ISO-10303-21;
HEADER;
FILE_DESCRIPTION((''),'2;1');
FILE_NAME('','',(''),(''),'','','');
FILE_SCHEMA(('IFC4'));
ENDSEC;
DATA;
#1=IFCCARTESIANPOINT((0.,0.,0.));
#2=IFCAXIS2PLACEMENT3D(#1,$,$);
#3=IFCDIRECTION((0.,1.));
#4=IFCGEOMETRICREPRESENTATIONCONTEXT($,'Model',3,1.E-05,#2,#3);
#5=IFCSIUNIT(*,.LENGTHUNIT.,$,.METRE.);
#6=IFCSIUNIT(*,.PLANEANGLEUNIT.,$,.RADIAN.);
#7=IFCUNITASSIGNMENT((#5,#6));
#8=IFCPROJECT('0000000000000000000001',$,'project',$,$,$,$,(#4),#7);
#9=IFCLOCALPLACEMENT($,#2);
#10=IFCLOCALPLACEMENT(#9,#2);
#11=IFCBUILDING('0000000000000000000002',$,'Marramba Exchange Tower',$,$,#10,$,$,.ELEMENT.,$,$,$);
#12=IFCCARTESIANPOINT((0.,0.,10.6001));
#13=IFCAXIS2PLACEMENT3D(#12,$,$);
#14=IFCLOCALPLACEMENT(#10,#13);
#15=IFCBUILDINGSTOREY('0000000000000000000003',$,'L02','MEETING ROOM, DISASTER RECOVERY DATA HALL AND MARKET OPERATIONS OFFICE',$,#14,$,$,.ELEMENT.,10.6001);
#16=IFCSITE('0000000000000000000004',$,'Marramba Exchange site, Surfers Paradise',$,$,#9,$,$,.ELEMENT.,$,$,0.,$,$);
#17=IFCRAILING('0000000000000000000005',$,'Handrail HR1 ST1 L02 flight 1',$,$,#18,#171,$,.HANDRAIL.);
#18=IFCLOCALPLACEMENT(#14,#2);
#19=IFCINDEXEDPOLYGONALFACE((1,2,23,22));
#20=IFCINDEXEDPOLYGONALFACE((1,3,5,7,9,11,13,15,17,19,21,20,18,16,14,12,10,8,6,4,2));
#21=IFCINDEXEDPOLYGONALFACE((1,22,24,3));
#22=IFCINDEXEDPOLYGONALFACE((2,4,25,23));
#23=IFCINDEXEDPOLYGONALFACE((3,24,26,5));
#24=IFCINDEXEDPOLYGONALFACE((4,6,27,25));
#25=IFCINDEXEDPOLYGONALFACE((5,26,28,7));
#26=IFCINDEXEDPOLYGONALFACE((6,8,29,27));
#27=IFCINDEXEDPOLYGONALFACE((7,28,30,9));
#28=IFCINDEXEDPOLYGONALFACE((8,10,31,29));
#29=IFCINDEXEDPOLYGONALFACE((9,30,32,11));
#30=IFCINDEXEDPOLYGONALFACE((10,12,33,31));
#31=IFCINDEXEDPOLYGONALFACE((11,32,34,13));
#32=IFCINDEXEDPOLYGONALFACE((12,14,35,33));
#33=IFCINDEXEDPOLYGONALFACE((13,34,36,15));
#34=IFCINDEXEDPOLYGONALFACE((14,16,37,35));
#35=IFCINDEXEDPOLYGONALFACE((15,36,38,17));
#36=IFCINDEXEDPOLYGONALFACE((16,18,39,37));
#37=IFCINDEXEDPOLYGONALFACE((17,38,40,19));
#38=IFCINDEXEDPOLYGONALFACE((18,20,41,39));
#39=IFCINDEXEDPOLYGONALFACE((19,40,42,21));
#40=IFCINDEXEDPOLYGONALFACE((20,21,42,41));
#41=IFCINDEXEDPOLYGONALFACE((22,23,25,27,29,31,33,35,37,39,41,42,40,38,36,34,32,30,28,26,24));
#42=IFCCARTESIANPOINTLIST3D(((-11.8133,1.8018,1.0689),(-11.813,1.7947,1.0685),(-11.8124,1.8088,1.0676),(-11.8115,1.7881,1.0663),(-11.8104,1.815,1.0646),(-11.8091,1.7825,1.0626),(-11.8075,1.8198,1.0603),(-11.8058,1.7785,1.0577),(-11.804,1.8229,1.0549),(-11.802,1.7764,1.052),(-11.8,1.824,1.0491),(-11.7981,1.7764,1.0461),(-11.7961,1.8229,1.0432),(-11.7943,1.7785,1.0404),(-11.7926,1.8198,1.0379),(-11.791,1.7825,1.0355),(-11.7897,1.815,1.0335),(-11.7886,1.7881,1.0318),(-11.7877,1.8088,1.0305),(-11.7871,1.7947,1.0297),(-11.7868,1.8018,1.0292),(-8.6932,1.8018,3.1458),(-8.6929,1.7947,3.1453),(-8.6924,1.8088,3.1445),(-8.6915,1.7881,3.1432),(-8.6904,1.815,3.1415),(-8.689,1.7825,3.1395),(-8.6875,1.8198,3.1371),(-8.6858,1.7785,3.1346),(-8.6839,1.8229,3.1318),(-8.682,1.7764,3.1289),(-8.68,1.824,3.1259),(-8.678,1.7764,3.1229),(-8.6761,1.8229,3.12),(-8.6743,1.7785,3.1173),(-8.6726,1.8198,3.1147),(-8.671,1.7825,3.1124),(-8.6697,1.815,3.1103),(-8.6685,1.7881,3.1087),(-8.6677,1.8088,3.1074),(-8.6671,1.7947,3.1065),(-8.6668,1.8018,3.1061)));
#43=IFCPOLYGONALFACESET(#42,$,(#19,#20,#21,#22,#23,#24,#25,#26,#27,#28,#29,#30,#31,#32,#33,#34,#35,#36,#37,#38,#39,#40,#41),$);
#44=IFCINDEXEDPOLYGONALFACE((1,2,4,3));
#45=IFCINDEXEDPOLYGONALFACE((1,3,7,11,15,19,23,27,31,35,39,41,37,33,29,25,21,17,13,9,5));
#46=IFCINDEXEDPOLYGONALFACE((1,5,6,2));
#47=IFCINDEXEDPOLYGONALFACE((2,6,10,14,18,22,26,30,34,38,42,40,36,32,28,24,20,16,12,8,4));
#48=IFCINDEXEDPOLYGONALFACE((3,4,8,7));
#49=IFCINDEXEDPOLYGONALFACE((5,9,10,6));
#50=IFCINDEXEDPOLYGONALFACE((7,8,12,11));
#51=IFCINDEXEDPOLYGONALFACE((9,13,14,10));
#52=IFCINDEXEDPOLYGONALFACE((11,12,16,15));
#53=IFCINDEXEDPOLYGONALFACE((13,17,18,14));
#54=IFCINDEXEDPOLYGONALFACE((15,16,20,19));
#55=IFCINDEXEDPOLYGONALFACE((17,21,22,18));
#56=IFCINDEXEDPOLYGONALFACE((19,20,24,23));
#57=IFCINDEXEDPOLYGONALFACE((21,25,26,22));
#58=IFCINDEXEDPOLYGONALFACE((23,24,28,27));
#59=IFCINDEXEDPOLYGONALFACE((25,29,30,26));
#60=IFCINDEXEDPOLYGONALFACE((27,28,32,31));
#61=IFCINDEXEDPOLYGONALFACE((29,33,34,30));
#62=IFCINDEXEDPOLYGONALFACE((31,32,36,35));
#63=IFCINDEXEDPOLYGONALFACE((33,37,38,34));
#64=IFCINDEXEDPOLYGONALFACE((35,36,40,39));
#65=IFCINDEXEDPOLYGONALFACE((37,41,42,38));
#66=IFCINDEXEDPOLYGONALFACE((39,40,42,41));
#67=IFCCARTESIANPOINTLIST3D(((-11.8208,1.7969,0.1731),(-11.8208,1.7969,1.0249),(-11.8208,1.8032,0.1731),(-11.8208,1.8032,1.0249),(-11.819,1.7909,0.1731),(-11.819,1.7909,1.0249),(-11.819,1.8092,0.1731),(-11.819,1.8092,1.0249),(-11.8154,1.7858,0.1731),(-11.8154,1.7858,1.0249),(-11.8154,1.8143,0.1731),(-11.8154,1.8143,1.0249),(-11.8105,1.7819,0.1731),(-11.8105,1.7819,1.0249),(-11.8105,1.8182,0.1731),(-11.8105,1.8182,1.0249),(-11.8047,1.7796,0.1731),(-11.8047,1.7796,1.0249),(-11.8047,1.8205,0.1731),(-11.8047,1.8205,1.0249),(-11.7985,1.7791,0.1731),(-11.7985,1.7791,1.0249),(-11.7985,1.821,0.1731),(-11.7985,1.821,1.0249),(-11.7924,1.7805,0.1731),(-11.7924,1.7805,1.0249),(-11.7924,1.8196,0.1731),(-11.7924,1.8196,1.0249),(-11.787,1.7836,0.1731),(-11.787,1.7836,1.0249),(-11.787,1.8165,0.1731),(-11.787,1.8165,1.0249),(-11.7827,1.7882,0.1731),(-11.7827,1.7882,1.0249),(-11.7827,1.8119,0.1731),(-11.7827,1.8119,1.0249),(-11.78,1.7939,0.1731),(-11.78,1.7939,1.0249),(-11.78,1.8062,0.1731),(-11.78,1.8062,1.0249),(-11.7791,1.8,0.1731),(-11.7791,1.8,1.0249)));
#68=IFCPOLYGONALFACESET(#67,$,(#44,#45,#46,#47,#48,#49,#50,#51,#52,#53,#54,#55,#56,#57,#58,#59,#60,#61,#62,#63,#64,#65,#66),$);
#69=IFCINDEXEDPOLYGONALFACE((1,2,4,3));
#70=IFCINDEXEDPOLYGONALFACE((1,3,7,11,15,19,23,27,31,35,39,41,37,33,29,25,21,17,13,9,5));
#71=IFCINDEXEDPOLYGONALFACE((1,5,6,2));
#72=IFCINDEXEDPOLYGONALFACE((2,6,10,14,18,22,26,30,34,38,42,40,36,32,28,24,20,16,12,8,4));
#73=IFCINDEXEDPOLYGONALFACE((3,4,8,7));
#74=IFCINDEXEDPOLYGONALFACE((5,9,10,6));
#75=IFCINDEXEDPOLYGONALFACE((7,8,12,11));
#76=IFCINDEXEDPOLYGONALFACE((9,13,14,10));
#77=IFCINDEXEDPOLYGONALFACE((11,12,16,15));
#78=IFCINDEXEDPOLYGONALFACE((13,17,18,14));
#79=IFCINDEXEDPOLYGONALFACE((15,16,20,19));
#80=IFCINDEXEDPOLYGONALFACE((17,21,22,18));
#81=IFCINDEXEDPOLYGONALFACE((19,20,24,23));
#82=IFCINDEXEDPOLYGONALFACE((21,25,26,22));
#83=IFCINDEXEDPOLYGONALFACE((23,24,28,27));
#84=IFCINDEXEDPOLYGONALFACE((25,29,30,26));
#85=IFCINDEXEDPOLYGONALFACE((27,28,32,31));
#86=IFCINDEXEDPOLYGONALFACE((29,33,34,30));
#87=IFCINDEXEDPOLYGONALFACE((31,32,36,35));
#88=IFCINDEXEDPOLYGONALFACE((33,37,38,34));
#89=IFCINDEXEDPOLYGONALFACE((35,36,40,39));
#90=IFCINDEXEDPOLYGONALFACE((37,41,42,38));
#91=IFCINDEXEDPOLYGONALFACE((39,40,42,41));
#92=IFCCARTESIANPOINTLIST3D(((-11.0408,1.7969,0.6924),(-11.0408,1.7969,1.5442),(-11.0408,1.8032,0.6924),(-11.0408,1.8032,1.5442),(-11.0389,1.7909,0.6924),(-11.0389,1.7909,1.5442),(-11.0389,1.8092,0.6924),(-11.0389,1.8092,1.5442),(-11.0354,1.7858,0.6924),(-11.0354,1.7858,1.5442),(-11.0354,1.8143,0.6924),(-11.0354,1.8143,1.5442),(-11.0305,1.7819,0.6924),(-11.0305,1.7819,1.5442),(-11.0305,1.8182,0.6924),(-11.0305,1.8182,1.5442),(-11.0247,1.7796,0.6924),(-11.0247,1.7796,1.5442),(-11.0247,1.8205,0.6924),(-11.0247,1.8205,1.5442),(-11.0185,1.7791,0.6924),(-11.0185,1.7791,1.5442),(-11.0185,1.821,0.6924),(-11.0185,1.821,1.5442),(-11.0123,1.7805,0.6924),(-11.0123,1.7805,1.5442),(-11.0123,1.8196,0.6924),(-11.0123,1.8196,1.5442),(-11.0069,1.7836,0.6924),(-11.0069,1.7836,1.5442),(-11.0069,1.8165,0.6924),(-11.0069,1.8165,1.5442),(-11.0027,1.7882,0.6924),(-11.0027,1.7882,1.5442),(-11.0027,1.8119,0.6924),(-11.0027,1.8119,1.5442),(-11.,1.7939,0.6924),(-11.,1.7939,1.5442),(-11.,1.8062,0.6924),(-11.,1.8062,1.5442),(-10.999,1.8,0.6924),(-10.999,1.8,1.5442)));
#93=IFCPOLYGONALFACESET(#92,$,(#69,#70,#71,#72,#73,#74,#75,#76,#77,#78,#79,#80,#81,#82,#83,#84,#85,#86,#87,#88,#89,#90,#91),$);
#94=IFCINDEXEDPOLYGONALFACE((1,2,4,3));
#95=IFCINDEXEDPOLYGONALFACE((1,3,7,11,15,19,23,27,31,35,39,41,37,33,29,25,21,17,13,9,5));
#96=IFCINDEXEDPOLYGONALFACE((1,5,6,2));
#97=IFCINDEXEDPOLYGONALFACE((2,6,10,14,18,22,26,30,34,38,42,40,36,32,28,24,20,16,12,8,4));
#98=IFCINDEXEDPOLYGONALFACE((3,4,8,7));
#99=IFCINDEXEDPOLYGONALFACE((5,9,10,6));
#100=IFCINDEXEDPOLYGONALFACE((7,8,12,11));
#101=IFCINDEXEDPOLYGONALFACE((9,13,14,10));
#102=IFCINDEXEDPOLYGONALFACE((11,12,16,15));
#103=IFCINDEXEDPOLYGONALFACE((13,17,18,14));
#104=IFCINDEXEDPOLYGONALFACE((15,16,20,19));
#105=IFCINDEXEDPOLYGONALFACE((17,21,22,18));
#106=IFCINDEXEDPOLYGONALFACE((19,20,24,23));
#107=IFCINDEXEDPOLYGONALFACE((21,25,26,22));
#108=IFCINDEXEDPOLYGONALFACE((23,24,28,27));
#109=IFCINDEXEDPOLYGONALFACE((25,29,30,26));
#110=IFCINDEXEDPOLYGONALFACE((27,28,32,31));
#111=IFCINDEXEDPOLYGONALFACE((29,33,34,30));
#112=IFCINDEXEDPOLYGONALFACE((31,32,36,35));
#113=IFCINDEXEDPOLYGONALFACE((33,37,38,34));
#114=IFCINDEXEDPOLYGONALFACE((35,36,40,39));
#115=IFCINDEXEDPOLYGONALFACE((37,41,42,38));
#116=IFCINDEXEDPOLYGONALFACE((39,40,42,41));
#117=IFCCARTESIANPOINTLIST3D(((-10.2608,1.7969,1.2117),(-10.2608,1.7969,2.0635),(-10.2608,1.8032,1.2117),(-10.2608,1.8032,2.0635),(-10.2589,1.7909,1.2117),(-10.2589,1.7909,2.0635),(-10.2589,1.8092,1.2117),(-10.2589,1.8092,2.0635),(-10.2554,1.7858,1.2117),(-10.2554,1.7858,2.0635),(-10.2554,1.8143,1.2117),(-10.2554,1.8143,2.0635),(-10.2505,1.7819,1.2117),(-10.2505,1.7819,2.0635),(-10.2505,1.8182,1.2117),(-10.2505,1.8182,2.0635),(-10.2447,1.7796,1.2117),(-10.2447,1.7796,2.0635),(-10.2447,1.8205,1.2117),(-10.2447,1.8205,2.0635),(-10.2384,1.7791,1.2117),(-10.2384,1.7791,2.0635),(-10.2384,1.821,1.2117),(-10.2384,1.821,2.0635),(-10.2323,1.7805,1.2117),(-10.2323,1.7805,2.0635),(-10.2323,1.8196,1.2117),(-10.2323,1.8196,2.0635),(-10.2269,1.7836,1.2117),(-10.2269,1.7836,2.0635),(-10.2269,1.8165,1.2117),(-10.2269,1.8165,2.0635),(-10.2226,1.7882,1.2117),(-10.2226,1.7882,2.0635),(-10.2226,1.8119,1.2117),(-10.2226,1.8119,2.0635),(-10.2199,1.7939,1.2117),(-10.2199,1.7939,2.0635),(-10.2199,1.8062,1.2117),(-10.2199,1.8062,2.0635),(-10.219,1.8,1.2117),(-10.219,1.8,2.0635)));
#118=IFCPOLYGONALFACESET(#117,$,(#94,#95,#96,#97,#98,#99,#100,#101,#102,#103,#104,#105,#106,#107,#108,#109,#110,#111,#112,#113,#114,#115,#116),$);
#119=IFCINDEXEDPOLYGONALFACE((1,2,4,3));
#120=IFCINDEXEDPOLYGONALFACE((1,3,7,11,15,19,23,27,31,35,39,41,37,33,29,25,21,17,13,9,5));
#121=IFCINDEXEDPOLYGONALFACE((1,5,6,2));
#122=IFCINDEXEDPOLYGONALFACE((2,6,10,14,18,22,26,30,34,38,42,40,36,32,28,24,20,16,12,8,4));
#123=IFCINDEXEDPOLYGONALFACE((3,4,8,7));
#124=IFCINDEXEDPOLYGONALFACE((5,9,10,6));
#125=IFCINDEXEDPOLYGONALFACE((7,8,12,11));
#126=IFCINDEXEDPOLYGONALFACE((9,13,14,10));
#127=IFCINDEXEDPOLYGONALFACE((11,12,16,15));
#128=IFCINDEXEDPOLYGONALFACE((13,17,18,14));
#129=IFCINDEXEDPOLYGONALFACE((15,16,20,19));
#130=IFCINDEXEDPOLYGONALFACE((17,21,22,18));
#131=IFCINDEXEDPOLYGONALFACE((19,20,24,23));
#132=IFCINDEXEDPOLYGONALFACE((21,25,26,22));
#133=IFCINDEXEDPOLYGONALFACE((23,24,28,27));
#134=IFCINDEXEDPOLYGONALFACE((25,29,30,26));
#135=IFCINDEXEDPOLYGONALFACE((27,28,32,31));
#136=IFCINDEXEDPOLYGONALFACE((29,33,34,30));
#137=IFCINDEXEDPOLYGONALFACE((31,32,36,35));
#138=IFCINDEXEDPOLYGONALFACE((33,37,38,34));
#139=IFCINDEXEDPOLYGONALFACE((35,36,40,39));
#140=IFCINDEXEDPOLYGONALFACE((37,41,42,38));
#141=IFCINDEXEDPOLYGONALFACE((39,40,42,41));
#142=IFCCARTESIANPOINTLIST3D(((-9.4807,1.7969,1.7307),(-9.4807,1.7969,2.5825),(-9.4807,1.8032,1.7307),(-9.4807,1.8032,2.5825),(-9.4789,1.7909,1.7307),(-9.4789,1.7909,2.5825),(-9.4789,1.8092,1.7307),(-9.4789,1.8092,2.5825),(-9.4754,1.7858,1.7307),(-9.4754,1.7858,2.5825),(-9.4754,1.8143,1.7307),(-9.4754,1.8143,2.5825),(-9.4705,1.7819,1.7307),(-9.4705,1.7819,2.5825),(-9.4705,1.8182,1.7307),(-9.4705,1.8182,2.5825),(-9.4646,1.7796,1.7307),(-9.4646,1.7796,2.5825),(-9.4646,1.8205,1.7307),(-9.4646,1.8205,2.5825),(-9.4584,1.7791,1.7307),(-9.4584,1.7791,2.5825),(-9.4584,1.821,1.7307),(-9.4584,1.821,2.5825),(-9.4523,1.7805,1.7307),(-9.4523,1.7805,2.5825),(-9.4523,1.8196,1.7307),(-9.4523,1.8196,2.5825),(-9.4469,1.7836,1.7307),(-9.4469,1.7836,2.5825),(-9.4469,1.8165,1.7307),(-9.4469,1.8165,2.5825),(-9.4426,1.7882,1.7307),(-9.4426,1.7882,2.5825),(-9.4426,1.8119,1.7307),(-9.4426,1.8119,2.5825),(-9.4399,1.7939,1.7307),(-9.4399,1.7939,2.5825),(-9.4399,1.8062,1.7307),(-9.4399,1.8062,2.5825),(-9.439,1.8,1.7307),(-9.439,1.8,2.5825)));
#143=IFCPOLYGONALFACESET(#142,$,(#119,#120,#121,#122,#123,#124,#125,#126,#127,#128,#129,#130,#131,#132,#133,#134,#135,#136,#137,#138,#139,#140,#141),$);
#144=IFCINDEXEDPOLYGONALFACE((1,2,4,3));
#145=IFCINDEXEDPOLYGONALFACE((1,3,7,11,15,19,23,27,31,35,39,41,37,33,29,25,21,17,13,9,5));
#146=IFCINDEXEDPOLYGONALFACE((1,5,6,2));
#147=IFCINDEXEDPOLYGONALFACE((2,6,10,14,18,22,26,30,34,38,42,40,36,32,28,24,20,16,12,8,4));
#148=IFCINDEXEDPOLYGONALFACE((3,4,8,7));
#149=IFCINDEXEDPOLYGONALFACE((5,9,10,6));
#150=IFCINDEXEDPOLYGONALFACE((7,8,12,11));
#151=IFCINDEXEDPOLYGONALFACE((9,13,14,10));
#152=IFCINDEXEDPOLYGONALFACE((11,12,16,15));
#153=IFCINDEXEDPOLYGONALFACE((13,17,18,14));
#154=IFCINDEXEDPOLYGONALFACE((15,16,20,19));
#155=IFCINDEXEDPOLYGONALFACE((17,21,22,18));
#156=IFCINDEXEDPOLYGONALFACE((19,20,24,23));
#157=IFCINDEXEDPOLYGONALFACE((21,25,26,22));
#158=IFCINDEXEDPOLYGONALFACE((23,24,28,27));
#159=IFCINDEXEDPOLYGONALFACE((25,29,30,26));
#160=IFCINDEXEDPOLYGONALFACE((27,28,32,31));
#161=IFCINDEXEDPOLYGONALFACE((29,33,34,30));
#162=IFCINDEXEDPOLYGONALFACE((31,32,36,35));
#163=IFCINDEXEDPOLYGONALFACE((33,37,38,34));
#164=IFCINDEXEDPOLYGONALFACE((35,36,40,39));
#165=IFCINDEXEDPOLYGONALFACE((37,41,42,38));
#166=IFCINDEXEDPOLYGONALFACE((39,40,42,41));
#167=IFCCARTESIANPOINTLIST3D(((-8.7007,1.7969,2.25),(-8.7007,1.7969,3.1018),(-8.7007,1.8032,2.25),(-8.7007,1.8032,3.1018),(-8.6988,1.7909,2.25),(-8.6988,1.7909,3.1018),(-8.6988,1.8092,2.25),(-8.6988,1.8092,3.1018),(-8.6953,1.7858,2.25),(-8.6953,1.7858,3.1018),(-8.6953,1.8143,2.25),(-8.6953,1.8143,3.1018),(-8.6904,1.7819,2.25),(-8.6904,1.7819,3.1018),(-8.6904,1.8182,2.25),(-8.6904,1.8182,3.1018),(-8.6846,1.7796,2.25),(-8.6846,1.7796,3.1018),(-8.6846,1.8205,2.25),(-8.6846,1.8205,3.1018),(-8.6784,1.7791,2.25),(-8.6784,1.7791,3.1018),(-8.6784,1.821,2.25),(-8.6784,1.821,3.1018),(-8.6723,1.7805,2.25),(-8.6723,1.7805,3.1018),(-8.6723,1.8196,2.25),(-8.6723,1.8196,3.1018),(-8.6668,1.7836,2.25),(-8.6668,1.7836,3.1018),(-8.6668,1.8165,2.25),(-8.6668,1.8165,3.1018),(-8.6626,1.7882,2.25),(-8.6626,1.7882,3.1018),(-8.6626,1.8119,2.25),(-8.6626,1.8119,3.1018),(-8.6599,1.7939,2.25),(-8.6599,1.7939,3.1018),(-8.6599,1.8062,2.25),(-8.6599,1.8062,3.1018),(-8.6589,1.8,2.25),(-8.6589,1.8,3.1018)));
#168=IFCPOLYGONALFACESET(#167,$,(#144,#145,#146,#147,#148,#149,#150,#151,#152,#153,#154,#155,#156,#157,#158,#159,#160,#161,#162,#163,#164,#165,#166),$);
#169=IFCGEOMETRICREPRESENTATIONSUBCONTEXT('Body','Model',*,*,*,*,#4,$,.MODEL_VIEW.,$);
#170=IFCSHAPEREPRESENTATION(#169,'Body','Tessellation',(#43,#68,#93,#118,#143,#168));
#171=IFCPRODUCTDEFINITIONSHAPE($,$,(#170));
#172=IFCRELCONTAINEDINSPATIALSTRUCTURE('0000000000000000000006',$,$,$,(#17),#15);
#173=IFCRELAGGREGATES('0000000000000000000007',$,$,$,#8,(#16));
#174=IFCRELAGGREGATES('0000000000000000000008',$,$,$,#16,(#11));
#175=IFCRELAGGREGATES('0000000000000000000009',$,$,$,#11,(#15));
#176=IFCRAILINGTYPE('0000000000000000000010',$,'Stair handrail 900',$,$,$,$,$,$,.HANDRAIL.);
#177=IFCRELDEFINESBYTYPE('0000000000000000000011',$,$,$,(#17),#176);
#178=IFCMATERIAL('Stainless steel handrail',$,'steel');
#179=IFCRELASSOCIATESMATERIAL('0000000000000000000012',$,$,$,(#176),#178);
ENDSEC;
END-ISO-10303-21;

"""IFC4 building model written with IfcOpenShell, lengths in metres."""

from ifc_helpers import new_model, si_unit, direction, frame, origin, origin_2d, place, context, subcontext, project, spatial, circle, extrude, material, type_object, element, save


model = new_model("IFC4")

# Units and contexts
model_context = context("Model", 3, precision=1e-05, world=origin(), true_north=direction((0.0, 1.0)))
body_context = subcontext(model_context, "Body", "Model", "MODEL_VIEW")
ifc_project = project(units=[si_unit("LENGTHUNIT", "METRE"), si_unit("PLANEANGLEUNIT", "RADIAN")], contexts=[model_context])

# Site, building, storey
site_placement = place(None, origin())
site = spatial("IfcSite", under=ifc_project, at=site_placement, Name="Marramba Exchange site, Surfers Paradise", CompositionType="ELEMENT", RefElevation=0.0)
building_placement = place(site_placement, origin())
building = spatial("IfcBuilding", under=site, at=building_placement, Name="Marramba Exchange Tower", CompositionType="ELEMENT")
storey_placement = place(building_placement, frame((0.0, 0.0, 10.6001)))
storey = spatial("IfcBuildingStorey", under=building, at=storey_placement, Name="L02", Description="MEETING ROOM, DISASTER RECOVERY DATA HALL AND MARKET OPERATIONS OFFICE", CompositionType="ELEMENT", Elevation=10.6001)

# Railing
ifc_material_1 = material(Name="Stainless steel handrail", Category="steel")
railing_type = type_object("IfcRailingType", Name="Stair handrail 900", PredefinedType="HANDRAIL", material=ifc_material_1)
railing_1_placement = place(storey_placement, frame((-11.8, 1.8, 0.1731)))
element("IfcRailing", 1, at=railing_1_placement, inside=storey, type_object=railing_type, Name="Handrail HR1 ST1 L02 flight 1", PredefinedType="HANDRAIL", context=body_context, shape_type="SweptSolid", body=[
    extrude(circle(Radius=0.0239, at=origin_2d()), frame((0.0, 0.0, 0.876), z_axis=(0.832441, 0.0, 0.554114), x_axis=(0.0, 1.0, 0.0)), (0.0, 0.0, 1.0), 3.748),
    extrude(circle(Radius=0.021, at=origin_2d()), origin(), (0.0, 0.0, 1.0), 0.8518),
    extrude(circle(Radius=0.021, at=origin_2d()), frame((0.78, 0.0, 0.5193)), (0.0, 0.0, 1.0), 0.8518),
    extrude(circle(Radius=0.021, at=origin_2d()), frame((1.5601, 0.0, 1.0386)), (0.0, 0.0, 1.0), 0.8518),
    extrude(circle(Radius=0.021, at=origin_2d()), frame((2.3401, 0.0, 1.5576)), (0.0, 0.0, 1.0), 0.8518),
    extrude(circle(Radius=0.021, at=origin_2d()), frame((3.1201, 0.0, 2.0769)), (0.0, 0.0, 1.0), 0.8518),
])

save(model, "model.ifc")
